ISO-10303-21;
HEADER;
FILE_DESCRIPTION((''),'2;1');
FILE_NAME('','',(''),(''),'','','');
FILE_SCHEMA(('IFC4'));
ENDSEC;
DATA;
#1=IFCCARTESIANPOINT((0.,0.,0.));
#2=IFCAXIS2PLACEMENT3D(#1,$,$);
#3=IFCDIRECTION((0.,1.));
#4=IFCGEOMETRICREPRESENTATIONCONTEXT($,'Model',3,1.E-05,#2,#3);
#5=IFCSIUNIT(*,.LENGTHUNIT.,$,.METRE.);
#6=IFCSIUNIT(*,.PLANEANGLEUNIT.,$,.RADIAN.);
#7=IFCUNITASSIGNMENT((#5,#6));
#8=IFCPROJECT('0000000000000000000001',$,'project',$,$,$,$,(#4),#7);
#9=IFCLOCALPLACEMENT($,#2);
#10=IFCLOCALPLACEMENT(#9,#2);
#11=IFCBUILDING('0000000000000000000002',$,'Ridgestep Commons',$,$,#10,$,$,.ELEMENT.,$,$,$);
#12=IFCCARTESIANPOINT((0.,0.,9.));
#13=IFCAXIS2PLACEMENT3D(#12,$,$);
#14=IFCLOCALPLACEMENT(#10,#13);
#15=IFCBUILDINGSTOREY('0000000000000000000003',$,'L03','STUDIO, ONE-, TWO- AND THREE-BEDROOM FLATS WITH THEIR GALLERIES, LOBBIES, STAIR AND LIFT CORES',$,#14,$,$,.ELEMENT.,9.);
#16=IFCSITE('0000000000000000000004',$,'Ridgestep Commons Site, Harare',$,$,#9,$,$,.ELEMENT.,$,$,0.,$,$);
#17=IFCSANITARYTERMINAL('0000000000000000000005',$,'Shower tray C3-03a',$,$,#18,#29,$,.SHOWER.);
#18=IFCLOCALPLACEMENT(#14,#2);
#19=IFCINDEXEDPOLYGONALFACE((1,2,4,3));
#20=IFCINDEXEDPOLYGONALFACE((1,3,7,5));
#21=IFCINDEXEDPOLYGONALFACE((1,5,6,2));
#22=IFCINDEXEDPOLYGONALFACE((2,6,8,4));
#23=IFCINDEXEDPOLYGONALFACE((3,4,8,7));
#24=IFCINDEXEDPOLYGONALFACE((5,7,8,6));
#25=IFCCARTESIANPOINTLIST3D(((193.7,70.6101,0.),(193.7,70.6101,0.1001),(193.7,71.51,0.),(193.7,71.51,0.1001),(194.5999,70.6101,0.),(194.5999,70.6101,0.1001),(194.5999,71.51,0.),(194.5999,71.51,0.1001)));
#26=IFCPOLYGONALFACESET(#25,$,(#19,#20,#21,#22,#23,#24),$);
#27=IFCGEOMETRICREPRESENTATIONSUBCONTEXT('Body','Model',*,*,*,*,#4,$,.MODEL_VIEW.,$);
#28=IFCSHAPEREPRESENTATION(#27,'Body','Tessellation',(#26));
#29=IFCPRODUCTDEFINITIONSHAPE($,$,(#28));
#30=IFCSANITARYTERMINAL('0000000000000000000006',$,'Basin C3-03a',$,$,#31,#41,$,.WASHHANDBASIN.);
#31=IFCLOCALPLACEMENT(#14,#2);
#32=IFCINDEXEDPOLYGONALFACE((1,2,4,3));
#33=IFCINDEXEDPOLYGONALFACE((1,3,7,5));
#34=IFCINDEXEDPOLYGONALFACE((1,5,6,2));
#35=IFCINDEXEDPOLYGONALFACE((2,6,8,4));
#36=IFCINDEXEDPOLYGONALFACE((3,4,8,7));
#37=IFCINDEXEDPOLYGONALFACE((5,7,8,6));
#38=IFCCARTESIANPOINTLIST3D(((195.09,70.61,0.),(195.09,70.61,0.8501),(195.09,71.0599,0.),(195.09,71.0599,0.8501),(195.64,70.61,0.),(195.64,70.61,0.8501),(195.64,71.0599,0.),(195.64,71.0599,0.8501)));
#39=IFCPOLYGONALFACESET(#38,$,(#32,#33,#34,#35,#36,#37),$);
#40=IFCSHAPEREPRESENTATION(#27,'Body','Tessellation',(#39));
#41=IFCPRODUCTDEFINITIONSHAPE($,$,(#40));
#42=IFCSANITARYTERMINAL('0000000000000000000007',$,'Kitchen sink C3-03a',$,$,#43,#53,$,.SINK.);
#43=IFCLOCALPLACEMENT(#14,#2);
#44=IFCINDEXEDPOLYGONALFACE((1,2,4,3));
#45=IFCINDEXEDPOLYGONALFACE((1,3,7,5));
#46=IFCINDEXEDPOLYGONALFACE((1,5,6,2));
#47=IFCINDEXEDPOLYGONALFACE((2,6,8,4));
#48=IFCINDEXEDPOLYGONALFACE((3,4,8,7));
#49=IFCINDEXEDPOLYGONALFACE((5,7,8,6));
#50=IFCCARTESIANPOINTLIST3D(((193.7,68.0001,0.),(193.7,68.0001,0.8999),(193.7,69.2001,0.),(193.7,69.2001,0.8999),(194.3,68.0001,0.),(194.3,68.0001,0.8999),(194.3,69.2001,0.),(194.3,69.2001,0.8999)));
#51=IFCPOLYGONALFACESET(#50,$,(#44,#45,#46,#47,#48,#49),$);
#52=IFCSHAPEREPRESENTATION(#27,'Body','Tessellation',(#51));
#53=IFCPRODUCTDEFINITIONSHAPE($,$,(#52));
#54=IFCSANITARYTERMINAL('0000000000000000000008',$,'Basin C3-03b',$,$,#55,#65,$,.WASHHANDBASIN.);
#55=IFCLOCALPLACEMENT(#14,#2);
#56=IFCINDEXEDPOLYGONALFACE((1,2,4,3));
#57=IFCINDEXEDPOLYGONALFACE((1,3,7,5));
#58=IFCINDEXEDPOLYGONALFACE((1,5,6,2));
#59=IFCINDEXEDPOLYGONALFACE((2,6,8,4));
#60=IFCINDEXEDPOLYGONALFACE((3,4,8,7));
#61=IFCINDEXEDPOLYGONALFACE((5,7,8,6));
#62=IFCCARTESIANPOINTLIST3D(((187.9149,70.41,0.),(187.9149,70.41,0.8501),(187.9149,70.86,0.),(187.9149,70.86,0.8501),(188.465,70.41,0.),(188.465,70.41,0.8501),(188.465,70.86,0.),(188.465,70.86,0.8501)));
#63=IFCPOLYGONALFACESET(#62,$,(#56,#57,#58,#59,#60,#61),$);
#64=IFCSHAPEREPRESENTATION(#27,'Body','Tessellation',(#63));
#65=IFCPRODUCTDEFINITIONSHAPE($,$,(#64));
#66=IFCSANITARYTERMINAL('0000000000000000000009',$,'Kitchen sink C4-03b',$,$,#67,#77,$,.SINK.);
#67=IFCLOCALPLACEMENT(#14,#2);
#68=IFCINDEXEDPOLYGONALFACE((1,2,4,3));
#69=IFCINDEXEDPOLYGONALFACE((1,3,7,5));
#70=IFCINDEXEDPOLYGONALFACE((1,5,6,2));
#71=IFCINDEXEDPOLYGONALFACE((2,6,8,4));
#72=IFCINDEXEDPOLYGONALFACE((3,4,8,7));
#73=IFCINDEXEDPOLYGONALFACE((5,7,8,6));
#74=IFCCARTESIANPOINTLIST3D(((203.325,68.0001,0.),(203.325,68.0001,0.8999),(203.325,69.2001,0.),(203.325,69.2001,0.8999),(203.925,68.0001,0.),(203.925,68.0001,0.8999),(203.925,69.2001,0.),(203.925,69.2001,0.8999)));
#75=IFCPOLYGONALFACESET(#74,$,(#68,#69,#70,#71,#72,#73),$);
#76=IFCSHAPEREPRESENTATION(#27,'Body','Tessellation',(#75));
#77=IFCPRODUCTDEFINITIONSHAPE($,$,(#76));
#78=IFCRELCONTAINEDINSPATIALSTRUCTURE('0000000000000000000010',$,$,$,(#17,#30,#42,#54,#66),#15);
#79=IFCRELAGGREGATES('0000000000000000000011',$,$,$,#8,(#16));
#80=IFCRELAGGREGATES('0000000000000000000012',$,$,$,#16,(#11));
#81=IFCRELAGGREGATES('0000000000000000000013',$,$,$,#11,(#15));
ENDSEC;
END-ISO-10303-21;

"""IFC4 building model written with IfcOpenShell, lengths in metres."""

from ifc_helpers import new_model, si_unit, direction, frame, origin, origin_2d, place, context, subcontext, project, spatial, rectangle, extrude, element, save


model = new_model("IFC4")

# Units and contexts
model_context = context("Model", 3, precision=1e-05, world=origin(), true_north=direction((0.0, 1.0)))
body_context = subcontext(model_context, "Body", "Model", "MODEL_VIEW")
ifc_project = project(units=[si_unit("LENGTHUNIT", "METRE"), si_unit("PLANEANGLEUNIT", "RADIAN")], contexts=[model_context])

# Site, building, storey
site_placement = place(None, origin())
site = spatial("IfcSite", under=ifc_project, at=site_placement, Name="Ridgestep Commons Site, Harare", CompositionType="ELEMENT", RefElevation=0.0)
building_placement = place(site_placement, origin())
building = spatial("IfcBuilding", under=site, at=building_placement, Name="Ridgestep Commons", CompositionType="ELEMENT")
storey_placement = place(building_placement, frame((0.0, 0.0, 9.0)))
storey = spatial("IfcBuildingStorey", under=building, at=storey_placement, Name="L03", Description="STUDIO, ONE-, TWO- AND THREE-BEDROOM FLATS WITH THEIR GALLERIES, LOBBIES, STAIR AND LIFT CORES", CompositionType="ELEMENT", Elevation=9.0)

# Sanitary terminals
sanitary_terminal_1_placement = place(storey_placement, frame((194.1499, 71.0601, 0.0), z_axis=(0.0, 0.0, 1.0), x_axis=(1.0, 0.0, 0.0)))
element("IfcSanitaryTerminal", 1, at=sanitary_terminal_1_placement, inside=storey, Name="Shower tray C3-03a", PredefinedType="SHOWER", context=body_context, shape_type="SweptSolid", body=[
    extrude(rectangle(XDim=0.8999, YDim=0.8999, at=origin_2d()), origin(), (0.0, 0.0, 1.0), 0.1001),
])
sanitary_terminal_2_placement = place(storey_placement, frame((195.365, 70.835, 0.0), z_axis=(0.0, 0.0, 1.0), x_axis=(1.0, 0.0, 0.0)))
element("IfcSanitaryTerminal", 2, at=sanitary_terminal_2_placement, inside=storey, Name="Basin C3-03a", PredefinedType="WASHHANDBASIN", context=body_context, shape_type="SweptSolid", body=[
    extrude(rectangle(XDim=0.55, YDim=0.45, at=origin_2d()), origin(), (0.0, 0.0, 1.0), 0.8501),
])
sanitary_terminal_3_placement = place(storey_placement, frame((194.0, 68.6001, 0.0), z_axis=(0.0, 0.0, 1.0), x_axis=(1.0, 0.0, 0.0)))
element("IfcSanitaryTerminal", 3, at=sanitary_terminal_3_placement, inside=storey, Name="Kitchen sink C3-03a", PredefinedType="SINK", context=body_context, shape_type="SweptSolid", body=[
    extrude(rectangle(XDim=0.6001, YDim=1.2, at=origin_2d()), origin(), (0.0, 0.0, 1.0), 0.8999),
])
sanitary_terminal_4_placement = place(storey_placement, frame((188.1899, 70.635, 0.0), z_axis=(0.0, 0.0, 1.0), x_axis=(1.0, 0.0, 0.0)))
element("IfcSanitaryTerminal", 4, at=sanitary_terminal_4_placement, inside=storey, Name="Basin C3-03b", PredefinedType="WASHHANDBASIN", context=body_context, shape_type="SweptSolid", body=[
    extrude(rectangle(XDim=0.55, YDim=0.45, at=origin_2d()), origin(), (0.0, 0.0, 1.0), 0.8501),
])
sanitary_terminal_5_placement = place(storey_placement, frame((203.625, 68.6001, 0.0), z_axis=(0.0, 0.0, 1.0), x_axis=(1.0, 0.0, 0.0)))
element("IfcSanitaryTerminal", 5, at=sanitary_terminal_5_placement, inside=storey, Name="Kitchen sink C4-03b", PredefinedType="SINK", context=body_context, shape_type="SweptSolid", body=[
    extrude(rectangle(XDim=0.6001, YDim=1.2, at=origin_2d()), origin(), (0.0, 0.0, 1.0), 0.8999),
])

save(model, "model.ifc")
